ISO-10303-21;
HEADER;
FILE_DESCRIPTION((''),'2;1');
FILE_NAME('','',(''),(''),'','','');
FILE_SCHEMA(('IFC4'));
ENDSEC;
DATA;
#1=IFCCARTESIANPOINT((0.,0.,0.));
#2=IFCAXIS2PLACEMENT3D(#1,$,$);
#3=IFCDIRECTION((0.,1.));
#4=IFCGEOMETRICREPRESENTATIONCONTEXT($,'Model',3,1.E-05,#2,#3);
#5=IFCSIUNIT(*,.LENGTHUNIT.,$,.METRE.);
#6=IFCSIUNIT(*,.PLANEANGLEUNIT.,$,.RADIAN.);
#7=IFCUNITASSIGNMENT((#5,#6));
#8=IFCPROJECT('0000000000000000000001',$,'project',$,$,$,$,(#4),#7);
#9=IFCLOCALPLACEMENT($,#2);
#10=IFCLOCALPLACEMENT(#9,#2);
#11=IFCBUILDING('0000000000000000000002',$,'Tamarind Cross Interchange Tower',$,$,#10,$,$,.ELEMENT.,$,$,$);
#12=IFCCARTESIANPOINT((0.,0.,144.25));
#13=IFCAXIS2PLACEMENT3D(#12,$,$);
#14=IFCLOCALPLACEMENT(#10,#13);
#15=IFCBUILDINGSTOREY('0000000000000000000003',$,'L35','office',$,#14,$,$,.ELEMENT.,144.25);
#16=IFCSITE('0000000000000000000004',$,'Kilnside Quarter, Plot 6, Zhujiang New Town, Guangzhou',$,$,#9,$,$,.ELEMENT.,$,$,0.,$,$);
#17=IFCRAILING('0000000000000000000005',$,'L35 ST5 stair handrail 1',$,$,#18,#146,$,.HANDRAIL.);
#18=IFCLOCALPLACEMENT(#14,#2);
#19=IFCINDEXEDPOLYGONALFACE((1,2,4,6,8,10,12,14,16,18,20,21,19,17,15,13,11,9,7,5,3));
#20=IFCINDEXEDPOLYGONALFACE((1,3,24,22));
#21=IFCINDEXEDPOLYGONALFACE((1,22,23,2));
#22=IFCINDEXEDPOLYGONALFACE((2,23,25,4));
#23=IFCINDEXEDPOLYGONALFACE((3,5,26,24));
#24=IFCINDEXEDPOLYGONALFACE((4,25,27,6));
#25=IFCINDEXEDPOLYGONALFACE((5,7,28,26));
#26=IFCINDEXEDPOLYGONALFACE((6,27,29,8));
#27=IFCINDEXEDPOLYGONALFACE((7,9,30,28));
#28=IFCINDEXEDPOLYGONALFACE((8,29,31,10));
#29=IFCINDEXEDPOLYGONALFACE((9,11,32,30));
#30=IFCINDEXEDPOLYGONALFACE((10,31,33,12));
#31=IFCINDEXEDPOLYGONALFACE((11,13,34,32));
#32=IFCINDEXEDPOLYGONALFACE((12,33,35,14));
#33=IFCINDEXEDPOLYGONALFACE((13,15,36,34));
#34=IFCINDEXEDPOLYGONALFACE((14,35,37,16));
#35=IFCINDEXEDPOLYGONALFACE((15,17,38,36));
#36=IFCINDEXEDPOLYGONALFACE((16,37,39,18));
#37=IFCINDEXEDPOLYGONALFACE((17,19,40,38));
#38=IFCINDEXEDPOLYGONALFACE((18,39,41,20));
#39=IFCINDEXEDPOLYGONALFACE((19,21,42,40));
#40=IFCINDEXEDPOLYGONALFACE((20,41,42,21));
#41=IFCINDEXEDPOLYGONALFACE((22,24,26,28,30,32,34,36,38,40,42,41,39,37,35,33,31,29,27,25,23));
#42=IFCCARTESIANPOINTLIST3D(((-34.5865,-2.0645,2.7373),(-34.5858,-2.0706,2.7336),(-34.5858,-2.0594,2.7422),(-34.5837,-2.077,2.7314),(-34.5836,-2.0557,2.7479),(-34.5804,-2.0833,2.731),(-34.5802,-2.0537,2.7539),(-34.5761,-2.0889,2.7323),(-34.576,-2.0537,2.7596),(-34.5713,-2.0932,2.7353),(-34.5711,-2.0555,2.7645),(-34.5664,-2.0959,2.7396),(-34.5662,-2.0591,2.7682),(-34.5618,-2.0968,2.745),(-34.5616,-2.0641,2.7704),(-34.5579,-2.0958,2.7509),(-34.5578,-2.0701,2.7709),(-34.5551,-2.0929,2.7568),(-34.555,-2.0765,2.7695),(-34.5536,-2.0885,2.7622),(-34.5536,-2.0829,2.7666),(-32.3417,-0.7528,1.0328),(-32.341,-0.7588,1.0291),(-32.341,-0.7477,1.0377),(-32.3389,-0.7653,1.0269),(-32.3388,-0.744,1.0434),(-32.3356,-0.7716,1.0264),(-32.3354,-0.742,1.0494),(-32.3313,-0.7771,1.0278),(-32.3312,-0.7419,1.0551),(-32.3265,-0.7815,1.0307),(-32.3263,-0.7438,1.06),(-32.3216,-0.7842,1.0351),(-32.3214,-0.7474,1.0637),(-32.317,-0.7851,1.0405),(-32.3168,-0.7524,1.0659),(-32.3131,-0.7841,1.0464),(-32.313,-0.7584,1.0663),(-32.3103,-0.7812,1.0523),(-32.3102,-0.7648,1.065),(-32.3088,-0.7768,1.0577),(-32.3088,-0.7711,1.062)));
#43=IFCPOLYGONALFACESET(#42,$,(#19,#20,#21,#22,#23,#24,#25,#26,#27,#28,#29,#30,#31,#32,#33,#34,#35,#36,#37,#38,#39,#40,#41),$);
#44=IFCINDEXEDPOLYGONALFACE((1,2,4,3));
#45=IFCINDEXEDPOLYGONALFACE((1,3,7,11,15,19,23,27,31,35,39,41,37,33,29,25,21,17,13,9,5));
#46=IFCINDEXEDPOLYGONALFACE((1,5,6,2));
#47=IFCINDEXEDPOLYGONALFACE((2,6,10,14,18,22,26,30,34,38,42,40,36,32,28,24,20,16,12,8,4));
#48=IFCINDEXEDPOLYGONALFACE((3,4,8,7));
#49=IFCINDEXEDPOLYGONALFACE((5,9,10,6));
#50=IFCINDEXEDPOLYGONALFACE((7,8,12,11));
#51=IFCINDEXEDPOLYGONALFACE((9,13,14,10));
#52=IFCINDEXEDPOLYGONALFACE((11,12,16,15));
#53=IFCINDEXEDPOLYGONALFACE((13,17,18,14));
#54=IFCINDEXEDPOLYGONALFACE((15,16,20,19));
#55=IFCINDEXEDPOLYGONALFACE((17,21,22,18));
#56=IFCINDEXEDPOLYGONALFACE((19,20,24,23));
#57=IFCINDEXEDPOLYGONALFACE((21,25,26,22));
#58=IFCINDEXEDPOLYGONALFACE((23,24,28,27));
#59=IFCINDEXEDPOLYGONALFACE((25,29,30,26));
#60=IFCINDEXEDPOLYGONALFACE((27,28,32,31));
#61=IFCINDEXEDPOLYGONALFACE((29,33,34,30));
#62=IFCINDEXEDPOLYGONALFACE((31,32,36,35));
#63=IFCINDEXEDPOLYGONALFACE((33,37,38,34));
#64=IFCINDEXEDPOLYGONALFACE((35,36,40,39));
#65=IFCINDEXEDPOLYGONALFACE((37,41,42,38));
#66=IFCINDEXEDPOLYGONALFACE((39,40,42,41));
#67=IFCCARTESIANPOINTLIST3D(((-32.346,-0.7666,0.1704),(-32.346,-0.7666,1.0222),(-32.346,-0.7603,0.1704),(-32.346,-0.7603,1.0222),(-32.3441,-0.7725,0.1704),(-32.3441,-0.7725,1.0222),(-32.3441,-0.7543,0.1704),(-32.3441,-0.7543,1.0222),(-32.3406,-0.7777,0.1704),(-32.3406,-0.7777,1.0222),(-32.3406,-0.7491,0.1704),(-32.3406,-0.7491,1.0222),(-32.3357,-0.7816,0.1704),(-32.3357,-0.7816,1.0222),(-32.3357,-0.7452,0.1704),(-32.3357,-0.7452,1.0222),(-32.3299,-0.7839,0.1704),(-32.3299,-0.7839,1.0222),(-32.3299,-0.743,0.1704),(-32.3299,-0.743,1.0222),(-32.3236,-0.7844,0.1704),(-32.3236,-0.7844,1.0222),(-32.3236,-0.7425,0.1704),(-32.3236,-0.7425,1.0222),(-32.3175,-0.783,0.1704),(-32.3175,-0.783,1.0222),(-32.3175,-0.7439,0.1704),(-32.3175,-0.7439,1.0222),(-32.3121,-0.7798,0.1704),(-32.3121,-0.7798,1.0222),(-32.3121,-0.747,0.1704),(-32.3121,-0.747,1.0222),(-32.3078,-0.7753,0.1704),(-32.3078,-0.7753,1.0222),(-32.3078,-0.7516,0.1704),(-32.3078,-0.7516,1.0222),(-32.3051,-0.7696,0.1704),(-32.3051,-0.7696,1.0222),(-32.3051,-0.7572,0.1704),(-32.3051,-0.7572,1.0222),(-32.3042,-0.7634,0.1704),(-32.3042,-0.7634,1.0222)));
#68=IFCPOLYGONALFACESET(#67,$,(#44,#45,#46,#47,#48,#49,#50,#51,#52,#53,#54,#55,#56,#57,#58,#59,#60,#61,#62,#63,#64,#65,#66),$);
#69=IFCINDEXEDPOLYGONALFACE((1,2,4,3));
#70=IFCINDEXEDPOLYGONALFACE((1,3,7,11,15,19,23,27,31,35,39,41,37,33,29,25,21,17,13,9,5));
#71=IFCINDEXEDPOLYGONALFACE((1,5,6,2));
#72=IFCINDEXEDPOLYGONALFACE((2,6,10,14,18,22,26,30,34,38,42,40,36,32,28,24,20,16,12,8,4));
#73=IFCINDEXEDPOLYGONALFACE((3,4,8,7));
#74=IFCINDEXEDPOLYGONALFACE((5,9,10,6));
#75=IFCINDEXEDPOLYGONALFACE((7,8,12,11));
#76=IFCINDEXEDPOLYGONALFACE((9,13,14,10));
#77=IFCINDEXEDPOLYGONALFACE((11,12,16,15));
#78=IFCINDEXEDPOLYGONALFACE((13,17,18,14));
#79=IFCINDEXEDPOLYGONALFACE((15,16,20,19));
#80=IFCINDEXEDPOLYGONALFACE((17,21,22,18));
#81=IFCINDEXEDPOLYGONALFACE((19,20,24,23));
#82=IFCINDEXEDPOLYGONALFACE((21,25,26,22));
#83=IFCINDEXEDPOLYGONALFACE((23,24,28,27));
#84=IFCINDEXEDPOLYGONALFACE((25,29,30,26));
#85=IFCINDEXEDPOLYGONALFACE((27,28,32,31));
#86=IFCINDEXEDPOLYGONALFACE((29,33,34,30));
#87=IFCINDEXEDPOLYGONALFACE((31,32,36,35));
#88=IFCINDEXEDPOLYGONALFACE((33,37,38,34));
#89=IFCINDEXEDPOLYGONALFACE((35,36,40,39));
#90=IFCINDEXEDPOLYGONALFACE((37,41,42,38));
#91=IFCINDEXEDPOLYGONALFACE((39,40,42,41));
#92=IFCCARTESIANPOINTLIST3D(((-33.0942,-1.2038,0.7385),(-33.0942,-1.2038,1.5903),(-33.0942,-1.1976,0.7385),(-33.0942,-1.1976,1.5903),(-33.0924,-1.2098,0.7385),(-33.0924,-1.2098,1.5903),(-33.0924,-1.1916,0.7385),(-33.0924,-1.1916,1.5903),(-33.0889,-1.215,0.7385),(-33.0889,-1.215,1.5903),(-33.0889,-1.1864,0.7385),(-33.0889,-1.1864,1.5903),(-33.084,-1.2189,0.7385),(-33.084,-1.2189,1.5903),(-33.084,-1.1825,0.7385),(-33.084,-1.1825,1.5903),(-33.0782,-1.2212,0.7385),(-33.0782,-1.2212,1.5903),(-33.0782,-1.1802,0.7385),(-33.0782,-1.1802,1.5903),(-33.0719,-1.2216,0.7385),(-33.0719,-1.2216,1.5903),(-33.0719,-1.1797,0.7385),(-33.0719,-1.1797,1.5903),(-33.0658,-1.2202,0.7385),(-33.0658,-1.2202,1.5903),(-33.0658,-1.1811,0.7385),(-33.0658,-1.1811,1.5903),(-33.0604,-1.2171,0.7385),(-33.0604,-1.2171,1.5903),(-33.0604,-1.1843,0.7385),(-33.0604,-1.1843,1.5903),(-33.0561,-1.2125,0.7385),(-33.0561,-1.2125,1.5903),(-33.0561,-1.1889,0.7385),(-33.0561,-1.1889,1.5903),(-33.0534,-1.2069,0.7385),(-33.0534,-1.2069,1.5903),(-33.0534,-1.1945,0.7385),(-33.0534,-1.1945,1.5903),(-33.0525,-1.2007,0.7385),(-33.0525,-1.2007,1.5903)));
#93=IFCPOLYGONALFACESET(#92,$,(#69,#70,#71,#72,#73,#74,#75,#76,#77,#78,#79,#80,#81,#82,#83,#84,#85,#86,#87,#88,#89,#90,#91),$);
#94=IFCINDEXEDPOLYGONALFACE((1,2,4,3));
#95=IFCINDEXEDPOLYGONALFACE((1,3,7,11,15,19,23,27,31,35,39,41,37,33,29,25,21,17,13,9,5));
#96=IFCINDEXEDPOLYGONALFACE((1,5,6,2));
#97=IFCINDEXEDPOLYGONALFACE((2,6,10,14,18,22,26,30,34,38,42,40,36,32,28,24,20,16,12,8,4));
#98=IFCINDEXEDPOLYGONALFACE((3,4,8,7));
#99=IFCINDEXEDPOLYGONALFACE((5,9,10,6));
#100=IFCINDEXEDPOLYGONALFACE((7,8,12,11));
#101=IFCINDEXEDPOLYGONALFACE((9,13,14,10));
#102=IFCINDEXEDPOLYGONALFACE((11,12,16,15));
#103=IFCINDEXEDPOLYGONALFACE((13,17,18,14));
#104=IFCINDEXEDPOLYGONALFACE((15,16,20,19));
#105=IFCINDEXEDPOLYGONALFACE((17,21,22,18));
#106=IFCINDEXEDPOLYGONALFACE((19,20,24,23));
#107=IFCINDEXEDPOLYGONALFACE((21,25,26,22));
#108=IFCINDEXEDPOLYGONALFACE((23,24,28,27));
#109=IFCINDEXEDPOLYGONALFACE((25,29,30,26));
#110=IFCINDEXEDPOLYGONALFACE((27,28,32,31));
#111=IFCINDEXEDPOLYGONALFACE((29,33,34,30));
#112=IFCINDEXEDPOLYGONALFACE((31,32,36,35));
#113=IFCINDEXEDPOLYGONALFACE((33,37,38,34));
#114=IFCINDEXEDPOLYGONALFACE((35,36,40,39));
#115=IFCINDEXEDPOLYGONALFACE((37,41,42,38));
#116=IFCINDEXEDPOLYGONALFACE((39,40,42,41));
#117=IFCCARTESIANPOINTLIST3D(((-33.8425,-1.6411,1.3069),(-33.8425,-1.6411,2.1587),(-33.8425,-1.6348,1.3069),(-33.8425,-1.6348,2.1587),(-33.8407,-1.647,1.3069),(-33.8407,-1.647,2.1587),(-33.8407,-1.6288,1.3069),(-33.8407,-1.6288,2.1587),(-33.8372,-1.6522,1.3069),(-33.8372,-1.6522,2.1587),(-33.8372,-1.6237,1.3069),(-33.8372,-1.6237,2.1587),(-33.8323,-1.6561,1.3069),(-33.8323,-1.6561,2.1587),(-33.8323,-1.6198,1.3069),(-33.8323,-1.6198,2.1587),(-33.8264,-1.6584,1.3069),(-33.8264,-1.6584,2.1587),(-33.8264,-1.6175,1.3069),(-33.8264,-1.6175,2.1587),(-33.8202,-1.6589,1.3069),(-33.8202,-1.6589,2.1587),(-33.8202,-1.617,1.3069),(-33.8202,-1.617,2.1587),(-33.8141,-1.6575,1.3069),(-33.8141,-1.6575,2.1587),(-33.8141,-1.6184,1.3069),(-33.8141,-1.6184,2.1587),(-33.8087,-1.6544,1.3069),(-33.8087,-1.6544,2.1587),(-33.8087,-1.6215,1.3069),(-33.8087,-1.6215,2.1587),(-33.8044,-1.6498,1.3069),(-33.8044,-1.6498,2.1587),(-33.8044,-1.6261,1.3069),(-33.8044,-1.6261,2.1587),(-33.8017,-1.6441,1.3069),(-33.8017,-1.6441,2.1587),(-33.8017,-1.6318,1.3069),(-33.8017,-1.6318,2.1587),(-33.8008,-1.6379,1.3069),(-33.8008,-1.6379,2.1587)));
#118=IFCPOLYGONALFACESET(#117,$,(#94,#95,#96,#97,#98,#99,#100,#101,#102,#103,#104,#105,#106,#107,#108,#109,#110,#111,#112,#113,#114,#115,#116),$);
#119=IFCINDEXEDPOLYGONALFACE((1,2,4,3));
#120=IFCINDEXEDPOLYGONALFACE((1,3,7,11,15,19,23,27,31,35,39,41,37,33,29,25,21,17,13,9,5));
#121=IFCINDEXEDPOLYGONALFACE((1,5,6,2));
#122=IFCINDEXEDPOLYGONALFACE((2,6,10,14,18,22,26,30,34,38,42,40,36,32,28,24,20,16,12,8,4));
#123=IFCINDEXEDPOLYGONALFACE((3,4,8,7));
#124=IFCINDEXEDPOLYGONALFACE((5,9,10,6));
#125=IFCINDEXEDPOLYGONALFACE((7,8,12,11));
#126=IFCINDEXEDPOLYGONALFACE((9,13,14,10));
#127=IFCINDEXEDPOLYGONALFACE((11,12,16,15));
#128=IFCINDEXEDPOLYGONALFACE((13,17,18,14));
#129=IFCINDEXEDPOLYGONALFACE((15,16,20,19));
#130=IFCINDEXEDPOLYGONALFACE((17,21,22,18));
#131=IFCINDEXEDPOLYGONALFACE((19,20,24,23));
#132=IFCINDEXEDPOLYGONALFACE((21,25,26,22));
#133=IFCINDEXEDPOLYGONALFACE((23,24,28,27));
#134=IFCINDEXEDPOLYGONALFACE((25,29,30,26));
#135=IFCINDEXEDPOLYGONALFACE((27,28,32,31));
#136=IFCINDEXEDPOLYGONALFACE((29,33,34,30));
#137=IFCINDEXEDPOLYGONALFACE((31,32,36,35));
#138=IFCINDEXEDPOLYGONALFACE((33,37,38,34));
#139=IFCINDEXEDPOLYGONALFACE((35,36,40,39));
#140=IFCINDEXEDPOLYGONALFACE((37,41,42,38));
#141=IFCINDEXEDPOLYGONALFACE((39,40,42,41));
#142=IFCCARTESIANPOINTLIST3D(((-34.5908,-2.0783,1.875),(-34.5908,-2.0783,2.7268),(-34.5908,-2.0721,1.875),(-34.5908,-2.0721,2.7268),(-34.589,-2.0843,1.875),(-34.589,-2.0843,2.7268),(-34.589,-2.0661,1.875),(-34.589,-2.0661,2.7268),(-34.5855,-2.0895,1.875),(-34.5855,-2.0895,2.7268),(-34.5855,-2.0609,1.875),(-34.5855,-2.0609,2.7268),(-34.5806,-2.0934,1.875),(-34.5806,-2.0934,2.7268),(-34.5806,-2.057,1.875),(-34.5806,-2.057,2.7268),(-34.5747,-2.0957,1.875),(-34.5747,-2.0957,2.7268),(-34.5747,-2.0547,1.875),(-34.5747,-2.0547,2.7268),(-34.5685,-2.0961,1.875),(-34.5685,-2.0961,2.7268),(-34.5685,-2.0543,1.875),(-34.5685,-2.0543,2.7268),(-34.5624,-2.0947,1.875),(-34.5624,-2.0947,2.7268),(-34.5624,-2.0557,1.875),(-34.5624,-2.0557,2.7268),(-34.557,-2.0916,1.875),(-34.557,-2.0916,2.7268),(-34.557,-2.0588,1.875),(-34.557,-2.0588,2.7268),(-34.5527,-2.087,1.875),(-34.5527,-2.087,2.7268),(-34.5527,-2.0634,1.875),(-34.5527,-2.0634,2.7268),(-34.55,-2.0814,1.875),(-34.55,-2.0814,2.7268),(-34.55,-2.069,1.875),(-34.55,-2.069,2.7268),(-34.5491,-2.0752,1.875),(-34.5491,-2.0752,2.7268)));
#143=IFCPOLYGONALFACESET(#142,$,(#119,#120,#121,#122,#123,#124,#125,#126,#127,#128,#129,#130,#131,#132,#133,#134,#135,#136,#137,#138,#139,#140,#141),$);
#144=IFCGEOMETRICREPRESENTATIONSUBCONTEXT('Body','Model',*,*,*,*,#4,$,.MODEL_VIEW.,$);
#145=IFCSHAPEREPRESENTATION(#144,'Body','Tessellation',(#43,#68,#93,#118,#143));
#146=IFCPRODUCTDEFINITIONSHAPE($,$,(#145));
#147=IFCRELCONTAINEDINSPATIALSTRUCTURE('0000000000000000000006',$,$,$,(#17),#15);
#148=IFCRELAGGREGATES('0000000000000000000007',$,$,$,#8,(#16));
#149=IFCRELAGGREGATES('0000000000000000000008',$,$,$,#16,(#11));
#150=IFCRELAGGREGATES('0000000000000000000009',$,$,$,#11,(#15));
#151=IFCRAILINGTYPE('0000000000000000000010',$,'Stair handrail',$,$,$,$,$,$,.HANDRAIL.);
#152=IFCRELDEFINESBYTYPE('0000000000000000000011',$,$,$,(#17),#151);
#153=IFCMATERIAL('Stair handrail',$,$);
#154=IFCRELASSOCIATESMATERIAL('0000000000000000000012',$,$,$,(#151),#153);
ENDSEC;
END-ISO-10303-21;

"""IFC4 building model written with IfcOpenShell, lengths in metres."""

from ifc_helpers import new_model, si_unit, direction, frame, origin, origin_2d, place, context, subcontext, project, spatial, circle, extrude, material, type_object, element, save


model = new_model("IFC4")

# Units and contexts
model_context = context("Model", 3, precision=1e-05, world=origin(), true_north=direction((0.0, 1.0)))
body_context = subcontext(model_context, "Body", "Model", "MODEL_VIEW")
ifc_project = project(units=[si_unit("LENGTHUNIT", "METRE"), si_unit("PLANEANGLEUNIT", "RADIAN")], contexts=[model_context])

# Site, building, storey
site_placement = place(None, origin())
site = spatial("IfcSite", under=ifc_project, at=site_placement, Name="Kilnside Quarter, Plot 6, Zhujiang New Town, Guangzhou", CompositionType="ELEMENT", RefElevation=0.0)
building_placement = place(site_placement, origin())
building = spatial("IfcBuilding", under=site, at=building_placement, Name="Tamarind Cross Interchange Tower", CompositionType="ELEMENT")
storey_placement = place(building_placement, frame((0.0, 0.0, 144.25)))
storey = spatial("IfcBuildingStorey", under=building, at=storey_placement, Name="L35", Description="office", CompositionType="ELEMENT", Elevation=144.25)

# Railing
ifc_material_1 = material(Name="Stair handrail")
railing_type_1 = type_object("IfcRailingType", Name="Stair handrail", PredefinedType="HANDRAIL", material=ifc_material_1)
railing_1_placement = place(storey_placement, frame((-32.3252, -0.7634, 0.1704)))
element("IfcRailing", 1, at=railing_1_placement, inside=storey, type_object=railing_type_1, Name="L35 ST5 stair handrail 1", PredefinedType="HANDRAIL", context=body_context, shape_type="SweptSolid", body=[
    extrude(circle(Radius=0.0239, at=origin_2d()), frame((0.0, 0.0, 0.876), z_axis=(-0.722059, -0.421927, 0.548278), x_axis=(0.504519, -0.863401, 0.0)), (0.0, 0.0, 1.0), 3.1089),
    extrude(circle(Radius=0.021, at=origin_2d()), origin(), (0.0, 0.0, 1.0), 0.8518),
    extrude(circle(Radius=0.021, at=origin_2d()), frame((-0.7483, -0.4373, 0.5681)), (0.0, 0.0, 1.0), 0.8518),
    extrude(circle(Radius=0.021, at=origin_2d()), frame((-1.4966, -0.8745, 1.1365)), (0.0, 0.0, 1.0), 0.8518),
    extrude(circle(Radius=0.021, at=origin_2d()), frame((-2.2449, -1.3118, 1.7046)), (0.0, 0.0, 1.0), 0.8518),
])

save(model, "model.ifc")
